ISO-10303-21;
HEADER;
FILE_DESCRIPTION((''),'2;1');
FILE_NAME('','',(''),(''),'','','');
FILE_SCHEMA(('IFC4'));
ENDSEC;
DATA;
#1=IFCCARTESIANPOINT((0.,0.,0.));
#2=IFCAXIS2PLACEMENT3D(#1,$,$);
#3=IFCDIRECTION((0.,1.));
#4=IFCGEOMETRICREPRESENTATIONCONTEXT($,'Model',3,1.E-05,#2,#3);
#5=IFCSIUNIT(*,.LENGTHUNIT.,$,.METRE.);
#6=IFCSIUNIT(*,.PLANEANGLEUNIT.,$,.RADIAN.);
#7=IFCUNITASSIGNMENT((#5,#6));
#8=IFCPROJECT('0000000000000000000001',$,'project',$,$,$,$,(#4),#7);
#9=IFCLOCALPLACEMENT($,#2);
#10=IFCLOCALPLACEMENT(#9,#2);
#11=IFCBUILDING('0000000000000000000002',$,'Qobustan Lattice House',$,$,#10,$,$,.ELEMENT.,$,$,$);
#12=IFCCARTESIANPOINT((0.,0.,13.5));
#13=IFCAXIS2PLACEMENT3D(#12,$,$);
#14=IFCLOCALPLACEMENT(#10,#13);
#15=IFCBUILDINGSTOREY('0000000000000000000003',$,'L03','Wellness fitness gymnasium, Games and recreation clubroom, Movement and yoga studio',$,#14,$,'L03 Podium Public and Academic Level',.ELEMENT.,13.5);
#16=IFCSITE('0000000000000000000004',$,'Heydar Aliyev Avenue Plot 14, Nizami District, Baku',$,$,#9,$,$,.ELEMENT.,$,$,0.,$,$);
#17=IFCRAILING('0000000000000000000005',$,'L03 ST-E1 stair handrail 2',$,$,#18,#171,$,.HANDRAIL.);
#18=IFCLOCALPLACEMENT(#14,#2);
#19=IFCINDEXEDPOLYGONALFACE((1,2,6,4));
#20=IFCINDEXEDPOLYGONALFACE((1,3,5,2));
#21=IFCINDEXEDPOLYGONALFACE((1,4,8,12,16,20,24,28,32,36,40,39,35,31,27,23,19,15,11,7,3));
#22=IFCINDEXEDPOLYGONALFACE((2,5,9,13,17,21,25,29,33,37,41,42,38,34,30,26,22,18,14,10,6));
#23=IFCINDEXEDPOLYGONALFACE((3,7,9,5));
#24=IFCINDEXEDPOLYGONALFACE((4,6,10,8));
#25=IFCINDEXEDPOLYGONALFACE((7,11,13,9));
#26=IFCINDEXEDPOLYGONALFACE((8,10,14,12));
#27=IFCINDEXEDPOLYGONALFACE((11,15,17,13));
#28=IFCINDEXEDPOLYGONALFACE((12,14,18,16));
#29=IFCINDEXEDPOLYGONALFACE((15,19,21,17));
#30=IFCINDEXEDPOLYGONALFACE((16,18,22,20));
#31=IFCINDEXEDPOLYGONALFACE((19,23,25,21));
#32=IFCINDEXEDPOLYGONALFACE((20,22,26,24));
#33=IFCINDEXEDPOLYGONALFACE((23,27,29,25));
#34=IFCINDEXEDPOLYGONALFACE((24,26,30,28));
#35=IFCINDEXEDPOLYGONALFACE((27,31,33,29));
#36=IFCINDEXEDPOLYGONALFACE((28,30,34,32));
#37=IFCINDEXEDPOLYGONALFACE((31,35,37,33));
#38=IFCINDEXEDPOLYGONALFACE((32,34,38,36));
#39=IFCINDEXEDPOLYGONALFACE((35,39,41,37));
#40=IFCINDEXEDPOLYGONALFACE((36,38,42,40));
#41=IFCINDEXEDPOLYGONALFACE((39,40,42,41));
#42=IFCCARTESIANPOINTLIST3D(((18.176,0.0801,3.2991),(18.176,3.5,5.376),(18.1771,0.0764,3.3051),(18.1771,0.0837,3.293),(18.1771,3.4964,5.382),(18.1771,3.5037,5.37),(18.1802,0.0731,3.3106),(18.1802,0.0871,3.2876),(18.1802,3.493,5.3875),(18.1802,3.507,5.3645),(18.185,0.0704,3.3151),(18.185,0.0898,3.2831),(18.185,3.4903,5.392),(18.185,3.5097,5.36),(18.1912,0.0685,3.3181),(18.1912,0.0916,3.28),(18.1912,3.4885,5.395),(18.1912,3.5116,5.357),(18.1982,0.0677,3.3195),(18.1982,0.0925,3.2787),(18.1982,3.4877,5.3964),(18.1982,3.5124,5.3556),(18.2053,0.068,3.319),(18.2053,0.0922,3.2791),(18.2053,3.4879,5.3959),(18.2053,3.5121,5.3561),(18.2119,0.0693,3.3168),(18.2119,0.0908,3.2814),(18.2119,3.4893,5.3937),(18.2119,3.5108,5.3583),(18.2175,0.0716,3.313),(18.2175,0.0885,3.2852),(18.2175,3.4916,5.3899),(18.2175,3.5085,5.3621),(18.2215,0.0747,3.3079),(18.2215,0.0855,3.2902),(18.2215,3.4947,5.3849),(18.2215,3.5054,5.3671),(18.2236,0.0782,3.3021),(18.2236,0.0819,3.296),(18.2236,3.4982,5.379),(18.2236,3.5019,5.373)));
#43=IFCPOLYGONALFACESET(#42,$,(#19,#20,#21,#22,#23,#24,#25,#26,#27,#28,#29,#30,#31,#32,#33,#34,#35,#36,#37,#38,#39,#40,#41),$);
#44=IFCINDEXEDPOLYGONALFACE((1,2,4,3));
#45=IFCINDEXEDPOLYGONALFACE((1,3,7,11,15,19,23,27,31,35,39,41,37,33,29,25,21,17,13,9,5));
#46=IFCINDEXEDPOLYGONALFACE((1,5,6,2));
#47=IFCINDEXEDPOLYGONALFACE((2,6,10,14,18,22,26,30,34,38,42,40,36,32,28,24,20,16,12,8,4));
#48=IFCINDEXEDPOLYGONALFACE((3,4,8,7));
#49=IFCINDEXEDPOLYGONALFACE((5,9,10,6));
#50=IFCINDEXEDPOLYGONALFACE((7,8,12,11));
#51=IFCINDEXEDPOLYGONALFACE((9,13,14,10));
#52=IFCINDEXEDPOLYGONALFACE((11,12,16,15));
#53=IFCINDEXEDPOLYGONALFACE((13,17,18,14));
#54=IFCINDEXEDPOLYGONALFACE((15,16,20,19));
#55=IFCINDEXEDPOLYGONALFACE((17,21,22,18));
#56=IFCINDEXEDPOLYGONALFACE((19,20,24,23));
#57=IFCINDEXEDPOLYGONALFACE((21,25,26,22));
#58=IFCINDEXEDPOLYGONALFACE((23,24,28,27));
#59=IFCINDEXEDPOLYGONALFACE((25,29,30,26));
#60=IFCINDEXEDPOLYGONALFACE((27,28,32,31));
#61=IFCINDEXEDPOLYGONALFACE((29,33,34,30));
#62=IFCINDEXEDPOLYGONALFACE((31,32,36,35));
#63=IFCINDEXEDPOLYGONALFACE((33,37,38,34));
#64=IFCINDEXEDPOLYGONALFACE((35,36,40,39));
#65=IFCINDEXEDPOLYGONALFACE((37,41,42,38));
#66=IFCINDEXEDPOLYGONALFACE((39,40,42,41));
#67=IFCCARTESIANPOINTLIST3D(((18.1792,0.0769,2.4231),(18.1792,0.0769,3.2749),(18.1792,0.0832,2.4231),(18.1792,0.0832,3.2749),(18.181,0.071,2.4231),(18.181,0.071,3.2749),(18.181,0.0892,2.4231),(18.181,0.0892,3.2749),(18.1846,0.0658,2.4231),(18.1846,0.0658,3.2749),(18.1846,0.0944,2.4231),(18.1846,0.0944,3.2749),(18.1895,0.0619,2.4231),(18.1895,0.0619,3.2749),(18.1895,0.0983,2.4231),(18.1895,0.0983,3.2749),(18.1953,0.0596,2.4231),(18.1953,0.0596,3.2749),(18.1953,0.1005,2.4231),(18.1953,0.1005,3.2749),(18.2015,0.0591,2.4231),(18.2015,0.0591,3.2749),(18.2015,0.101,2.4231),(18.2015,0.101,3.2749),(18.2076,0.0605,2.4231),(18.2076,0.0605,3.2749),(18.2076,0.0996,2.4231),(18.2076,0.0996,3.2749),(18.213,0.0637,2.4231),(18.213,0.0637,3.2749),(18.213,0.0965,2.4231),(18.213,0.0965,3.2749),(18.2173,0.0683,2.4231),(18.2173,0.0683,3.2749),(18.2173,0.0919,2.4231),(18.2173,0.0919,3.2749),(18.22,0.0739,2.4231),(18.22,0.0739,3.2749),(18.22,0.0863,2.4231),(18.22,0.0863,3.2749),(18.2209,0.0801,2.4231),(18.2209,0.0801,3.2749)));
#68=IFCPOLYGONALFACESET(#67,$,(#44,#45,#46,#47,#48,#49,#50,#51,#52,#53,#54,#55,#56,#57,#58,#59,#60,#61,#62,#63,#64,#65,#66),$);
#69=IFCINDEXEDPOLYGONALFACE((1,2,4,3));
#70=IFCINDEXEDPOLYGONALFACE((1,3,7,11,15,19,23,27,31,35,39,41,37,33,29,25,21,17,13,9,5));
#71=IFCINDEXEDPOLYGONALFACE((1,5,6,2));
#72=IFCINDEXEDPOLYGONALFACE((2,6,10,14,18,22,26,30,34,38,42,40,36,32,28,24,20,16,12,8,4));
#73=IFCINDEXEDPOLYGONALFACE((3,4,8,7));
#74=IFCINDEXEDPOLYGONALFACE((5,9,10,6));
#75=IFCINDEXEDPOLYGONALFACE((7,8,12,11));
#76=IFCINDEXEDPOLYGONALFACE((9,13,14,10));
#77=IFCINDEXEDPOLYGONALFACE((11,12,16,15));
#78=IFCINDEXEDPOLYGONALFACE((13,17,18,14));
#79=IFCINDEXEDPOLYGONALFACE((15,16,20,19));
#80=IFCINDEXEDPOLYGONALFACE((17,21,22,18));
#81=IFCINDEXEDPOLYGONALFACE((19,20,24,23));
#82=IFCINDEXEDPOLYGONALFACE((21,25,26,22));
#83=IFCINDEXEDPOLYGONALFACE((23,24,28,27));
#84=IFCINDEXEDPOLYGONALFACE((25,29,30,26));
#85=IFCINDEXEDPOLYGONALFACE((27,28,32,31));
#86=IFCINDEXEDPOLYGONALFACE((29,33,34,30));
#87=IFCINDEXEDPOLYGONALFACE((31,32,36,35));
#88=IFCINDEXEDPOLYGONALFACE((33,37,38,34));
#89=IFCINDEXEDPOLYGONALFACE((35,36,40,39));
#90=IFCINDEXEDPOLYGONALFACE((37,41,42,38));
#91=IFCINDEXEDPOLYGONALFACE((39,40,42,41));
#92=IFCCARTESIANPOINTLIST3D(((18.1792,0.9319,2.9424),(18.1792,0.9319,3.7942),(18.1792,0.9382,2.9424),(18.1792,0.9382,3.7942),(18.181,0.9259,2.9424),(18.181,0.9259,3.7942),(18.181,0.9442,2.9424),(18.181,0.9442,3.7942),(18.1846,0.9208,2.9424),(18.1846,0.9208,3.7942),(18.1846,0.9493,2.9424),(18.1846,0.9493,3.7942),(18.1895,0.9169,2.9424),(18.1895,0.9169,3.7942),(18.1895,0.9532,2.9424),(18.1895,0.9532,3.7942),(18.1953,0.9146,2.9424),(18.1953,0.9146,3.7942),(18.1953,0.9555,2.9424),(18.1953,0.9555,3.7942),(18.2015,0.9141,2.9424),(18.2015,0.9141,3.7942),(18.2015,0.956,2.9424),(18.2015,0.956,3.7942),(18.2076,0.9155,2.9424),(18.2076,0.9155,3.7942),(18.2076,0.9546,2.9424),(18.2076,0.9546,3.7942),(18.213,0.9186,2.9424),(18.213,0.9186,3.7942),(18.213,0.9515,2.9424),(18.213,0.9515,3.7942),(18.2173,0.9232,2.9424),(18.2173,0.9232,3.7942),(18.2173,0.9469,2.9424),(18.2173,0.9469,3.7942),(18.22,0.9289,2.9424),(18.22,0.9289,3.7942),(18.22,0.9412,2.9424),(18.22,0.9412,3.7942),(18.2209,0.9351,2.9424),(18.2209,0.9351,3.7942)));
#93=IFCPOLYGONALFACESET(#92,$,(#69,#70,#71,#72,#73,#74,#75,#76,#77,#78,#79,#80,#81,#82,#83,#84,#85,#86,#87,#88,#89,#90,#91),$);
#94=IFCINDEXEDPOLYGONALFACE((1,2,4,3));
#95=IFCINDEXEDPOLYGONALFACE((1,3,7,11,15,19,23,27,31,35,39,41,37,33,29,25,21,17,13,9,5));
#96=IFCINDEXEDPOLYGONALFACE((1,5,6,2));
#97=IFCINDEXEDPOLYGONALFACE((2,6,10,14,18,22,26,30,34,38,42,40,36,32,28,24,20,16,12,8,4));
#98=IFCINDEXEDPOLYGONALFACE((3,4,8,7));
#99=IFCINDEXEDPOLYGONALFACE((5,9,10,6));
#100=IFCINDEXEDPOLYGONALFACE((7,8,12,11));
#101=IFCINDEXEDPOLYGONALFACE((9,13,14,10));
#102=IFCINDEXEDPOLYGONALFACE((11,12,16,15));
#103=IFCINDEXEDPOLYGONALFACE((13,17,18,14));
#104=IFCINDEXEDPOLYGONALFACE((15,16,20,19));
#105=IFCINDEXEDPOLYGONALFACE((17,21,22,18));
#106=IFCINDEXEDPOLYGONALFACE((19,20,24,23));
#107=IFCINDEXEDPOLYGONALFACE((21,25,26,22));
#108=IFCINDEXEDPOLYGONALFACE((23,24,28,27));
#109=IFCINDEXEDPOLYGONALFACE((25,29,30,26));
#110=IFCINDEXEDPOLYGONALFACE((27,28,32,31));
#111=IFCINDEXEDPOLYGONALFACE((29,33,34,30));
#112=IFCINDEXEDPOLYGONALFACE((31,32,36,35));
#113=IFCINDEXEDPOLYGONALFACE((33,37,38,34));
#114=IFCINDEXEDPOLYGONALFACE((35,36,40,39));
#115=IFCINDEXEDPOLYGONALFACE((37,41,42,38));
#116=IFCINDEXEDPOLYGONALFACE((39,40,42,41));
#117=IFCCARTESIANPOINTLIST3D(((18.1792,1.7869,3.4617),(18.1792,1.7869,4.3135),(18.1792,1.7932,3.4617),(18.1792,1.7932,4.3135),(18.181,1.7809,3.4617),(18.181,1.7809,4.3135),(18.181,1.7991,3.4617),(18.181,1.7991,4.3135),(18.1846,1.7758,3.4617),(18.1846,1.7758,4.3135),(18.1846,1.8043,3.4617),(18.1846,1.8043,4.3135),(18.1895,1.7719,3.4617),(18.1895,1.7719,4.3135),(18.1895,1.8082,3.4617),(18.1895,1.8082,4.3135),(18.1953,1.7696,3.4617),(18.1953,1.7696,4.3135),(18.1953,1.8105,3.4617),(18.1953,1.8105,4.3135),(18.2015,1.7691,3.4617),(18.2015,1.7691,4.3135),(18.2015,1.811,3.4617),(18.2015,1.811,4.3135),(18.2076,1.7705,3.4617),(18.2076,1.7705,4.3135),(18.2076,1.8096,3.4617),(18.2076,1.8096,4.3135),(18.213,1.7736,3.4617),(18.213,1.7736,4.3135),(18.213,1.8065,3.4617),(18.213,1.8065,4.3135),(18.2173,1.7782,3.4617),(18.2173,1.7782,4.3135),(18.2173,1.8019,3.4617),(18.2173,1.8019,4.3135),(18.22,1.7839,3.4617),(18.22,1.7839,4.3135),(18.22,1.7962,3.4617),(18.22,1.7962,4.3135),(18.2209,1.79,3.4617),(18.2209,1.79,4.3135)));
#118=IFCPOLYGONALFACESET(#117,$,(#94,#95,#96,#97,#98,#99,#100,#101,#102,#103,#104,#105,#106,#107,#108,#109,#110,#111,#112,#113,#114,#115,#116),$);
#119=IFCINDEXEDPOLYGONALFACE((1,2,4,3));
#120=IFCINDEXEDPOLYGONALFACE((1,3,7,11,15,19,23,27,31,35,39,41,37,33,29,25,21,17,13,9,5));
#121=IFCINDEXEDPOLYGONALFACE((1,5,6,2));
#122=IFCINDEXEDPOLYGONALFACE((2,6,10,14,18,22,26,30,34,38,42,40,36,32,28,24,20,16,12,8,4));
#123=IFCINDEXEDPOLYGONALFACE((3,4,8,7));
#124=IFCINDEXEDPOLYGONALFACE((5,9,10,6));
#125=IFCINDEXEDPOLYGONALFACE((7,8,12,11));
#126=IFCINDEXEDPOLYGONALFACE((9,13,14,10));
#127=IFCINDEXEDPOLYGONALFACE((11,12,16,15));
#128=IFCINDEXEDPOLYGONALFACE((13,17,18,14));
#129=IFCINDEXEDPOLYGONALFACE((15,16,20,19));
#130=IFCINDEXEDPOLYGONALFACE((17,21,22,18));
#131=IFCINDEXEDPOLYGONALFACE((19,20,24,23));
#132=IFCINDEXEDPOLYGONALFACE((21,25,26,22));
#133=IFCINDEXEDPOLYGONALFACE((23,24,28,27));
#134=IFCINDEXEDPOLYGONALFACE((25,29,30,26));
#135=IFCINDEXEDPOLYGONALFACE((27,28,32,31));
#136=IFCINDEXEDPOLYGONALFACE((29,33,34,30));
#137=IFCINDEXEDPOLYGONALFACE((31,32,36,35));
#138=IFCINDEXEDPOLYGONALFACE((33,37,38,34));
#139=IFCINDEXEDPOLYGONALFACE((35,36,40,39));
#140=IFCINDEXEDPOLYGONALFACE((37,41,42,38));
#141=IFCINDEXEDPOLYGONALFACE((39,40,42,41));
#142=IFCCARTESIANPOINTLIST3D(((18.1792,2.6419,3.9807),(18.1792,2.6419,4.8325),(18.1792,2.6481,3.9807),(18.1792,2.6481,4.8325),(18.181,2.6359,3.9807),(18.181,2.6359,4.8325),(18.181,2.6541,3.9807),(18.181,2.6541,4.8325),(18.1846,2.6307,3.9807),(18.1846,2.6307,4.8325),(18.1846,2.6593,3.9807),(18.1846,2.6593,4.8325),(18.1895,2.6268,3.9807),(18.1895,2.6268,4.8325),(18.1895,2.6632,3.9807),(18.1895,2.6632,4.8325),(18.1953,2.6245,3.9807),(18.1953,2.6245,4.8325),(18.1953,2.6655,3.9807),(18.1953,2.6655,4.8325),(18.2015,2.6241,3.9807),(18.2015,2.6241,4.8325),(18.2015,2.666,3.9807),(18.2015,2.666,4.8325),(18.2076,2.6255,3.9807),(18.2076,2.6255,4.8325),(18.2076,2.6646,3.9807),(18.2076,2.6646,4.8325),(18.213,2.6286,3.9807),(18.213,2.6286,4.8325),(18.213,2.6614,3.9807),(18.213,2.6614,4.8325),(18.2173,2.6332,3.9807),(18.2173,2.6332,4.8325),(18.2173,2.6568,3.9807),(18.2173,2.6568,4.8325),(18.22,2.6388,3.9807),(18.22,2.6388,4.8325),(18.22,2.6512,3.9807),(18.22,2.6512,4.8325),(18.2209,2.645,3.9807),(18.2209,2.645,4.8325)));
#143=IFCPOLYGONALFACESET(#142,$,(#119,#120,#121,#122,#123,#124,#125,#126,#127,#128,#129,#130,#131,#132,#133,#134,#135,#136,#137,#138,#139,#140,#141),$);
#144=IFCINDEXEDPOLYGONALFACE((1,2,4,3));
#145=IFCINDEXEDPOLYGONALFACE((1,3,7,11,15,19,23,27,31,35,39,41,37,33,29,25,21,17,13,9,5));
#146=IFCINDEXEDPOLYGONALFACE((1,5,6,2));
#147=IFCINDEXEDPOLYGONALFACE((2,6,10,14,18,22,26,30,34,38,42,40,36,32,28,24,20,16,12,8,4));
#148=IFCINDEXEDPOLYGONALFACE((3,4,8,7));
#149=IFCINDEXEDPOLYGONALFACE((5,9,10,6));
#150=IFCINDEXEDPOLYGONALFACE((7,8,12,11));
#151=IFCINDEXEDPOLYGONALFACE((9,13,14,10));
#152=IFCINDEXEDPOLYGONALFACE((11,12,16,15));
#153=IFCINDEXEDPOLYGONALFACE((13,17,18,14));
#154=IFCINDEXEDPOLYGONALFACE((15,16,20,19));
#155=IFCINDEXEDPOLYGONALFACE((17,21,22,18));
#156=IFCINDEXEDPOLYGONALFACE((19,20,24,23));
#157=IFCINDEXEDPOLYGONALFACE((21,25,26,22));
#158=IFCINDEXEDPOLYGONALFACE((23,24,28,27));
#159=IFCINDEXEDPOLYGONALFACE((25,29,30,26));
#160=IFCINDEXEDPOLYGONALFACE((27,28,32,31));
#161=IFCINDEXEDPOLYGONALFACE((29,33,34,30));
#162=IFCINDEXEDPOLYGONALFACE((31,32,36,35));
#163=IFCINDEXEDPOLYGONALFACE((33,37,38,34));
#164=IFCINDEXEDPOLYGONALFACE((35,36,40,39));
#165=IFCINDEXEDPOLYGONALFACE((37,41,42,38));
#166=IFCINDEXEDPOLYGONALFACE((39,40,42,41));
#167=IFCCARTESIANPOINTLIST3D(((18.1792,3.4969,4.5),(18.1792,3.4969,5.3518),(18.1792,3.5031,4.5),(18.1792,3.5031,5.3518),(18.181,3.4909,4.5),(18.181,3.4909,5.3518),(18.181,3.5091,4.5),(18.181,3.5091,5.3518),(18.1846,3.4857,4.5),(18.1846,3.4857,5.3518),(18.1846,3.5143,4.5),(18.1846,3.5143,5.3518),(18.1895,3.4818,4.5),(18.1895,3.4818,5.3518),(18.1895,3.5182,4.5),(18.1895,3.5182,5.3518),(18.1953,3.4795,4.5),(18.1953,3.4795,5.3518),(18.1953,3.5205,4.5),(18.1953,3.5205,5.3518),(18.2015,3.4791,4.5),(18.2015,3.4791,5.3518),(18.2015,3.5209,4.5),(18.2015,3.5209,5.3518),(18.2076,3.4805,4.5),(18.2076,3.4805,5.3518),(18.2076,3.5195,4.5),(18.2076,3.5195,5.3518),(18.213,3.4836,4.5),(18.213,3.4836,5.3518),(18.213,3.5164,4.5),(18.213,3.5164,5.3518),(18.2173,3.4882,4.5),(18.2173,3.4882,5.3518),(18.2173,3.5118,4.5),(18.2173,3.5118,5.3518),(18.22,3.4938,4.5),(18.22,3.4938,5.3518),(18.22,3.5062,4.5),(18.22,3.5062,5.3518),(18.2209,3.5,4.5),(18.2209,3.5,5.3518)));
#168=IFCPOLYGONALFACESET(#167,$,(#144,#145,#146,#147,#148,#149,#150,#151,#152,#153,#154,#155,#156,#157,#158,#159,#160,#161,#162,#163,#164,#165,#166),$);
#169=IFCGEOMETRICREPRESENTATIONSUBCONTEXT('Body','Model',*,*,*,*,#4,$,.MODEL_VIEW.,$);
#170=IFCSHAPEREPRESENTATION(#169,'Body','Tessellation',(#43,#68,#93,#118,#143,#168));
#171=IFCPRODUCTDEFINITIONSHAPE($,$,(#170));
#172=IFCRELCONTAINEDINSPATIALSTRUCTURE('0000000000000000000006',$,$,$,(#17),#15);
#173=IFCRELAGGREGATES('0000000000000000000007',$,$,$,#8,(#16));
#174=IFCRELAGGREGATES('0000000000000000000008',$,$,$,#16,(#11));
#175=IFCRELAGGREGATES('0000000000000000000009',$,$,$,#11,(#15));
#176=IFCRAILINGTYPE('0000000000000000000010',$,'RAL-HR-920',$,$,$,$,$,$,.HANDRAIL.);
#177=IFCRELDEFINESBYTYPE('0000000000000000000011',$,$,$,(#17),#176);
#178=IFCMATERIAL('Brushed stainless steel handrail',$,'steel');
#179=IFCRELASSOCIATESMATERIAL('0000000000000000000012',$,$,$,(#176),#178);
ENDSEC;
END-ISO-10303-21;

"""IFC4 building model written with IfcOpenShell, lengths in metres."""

from ifc_helpers import new_model, si_unit, direction, frame, origin, origin_2d, place, context, subcontext, project, spatial, circle, extrude, material, type_object, element, save


model = new_model("IFC4")

# Units and contexts
model_context = context("Model", 3, precision=1e-05, world=origin(), true_north=direction((0.0, 1.0)))
body_context = subcontext(model_context, "Body", "Model", "MODEL_VIEW")
ifc_project = project(units=[si_unit("LENGTHUNIT", "METRE"), si_unit("PLANEANGLEUNIT", "RADIAN")], contexts=[model_context])

# Site, building, storey
site_placement = place(None, origin())
site = spatial("IfcSite", under=ifc_project, at=site_placement, Name="Heydar Aliyev Avenue Plot 14, Nizami District, Baku", CompositionType="ELEMENT", RefElevation=0.0)
building_placement = place(site_placement, origin())
building = spatial("IfcBuilding", under=site, at=building_placement, Name="Qobustan Lattice House", CompositionType="ELEMENT")
storey_placement = place(building_placement, frame((0.0, 0.0, 13.5)))
storey = spatial("IfcBuildingStorey", under=building, at=storey_placement, Name="L03", Description="Wellness fitness gymnasium, Games and recreation clubroom, Movement and yoga studio", LongName="L03 Podium Public and Academic Level", CompositionType="ELEMENT", Elevation=13.5)

# Railing
ifc_material_1 = material(Name="Brushed stainless steel handrail", Category="steel")
railing_type_1 = type_object("IfcRailingType", Name="RAL-HR-920", PredefinedType="HANDRAIL", material=ifc_material_1)
railing_1_placement = place(storey_placement, frame((18.2, 0.0801, 2.4231)))
element("IfcRailing", 1, at=railing_1_placement, inside=storey, type_object=railing_type_1, Name="L03 ST-E1 stair handrail 2", PredefinedType="HANDRAIL", context=body_context, shape_type="SweptSolid", body=[
    extrude(circle(Radius=0.0239, at=origin_2d()), frame((0.0, 0.0, 0.876), z_axis=(0.0, 0.85473, 0.519074), x_axis=(-1.0, 0.0, 0.0)), (0.0, 0.0, 1.0), 4.0012),
    extrude(circle(Radius=0.021, at=origin_2d()), origin(), (0.0, 0.0, 1.0), 0.8518),
    extrude(circle(Radius=0.021, at=origin_2d()), frame((0.0, 0.855, 0.5193)), (0.0, 0.0, 1.0), 0.8518),
    extrude(circle(Radius=0.021, at=origin_2d()), frame((0.0, 1.71, 1.0386)), (0.0, 0.0, 1.0), 0.8518),
    extrude(circle(Radius=0.021, at=origin_2d()), frame((0.0, 2.5649, 1.5576)), (0.0, 0.0, 1.0), 0.8518),
    extrude(circle(Radius=0.021, at=origin_2d()), frame((0.0, 3.4199, 2.0769)), (0.0, 0.0, 1.0), 0.8518),
])

save(model, "model.ifc")
